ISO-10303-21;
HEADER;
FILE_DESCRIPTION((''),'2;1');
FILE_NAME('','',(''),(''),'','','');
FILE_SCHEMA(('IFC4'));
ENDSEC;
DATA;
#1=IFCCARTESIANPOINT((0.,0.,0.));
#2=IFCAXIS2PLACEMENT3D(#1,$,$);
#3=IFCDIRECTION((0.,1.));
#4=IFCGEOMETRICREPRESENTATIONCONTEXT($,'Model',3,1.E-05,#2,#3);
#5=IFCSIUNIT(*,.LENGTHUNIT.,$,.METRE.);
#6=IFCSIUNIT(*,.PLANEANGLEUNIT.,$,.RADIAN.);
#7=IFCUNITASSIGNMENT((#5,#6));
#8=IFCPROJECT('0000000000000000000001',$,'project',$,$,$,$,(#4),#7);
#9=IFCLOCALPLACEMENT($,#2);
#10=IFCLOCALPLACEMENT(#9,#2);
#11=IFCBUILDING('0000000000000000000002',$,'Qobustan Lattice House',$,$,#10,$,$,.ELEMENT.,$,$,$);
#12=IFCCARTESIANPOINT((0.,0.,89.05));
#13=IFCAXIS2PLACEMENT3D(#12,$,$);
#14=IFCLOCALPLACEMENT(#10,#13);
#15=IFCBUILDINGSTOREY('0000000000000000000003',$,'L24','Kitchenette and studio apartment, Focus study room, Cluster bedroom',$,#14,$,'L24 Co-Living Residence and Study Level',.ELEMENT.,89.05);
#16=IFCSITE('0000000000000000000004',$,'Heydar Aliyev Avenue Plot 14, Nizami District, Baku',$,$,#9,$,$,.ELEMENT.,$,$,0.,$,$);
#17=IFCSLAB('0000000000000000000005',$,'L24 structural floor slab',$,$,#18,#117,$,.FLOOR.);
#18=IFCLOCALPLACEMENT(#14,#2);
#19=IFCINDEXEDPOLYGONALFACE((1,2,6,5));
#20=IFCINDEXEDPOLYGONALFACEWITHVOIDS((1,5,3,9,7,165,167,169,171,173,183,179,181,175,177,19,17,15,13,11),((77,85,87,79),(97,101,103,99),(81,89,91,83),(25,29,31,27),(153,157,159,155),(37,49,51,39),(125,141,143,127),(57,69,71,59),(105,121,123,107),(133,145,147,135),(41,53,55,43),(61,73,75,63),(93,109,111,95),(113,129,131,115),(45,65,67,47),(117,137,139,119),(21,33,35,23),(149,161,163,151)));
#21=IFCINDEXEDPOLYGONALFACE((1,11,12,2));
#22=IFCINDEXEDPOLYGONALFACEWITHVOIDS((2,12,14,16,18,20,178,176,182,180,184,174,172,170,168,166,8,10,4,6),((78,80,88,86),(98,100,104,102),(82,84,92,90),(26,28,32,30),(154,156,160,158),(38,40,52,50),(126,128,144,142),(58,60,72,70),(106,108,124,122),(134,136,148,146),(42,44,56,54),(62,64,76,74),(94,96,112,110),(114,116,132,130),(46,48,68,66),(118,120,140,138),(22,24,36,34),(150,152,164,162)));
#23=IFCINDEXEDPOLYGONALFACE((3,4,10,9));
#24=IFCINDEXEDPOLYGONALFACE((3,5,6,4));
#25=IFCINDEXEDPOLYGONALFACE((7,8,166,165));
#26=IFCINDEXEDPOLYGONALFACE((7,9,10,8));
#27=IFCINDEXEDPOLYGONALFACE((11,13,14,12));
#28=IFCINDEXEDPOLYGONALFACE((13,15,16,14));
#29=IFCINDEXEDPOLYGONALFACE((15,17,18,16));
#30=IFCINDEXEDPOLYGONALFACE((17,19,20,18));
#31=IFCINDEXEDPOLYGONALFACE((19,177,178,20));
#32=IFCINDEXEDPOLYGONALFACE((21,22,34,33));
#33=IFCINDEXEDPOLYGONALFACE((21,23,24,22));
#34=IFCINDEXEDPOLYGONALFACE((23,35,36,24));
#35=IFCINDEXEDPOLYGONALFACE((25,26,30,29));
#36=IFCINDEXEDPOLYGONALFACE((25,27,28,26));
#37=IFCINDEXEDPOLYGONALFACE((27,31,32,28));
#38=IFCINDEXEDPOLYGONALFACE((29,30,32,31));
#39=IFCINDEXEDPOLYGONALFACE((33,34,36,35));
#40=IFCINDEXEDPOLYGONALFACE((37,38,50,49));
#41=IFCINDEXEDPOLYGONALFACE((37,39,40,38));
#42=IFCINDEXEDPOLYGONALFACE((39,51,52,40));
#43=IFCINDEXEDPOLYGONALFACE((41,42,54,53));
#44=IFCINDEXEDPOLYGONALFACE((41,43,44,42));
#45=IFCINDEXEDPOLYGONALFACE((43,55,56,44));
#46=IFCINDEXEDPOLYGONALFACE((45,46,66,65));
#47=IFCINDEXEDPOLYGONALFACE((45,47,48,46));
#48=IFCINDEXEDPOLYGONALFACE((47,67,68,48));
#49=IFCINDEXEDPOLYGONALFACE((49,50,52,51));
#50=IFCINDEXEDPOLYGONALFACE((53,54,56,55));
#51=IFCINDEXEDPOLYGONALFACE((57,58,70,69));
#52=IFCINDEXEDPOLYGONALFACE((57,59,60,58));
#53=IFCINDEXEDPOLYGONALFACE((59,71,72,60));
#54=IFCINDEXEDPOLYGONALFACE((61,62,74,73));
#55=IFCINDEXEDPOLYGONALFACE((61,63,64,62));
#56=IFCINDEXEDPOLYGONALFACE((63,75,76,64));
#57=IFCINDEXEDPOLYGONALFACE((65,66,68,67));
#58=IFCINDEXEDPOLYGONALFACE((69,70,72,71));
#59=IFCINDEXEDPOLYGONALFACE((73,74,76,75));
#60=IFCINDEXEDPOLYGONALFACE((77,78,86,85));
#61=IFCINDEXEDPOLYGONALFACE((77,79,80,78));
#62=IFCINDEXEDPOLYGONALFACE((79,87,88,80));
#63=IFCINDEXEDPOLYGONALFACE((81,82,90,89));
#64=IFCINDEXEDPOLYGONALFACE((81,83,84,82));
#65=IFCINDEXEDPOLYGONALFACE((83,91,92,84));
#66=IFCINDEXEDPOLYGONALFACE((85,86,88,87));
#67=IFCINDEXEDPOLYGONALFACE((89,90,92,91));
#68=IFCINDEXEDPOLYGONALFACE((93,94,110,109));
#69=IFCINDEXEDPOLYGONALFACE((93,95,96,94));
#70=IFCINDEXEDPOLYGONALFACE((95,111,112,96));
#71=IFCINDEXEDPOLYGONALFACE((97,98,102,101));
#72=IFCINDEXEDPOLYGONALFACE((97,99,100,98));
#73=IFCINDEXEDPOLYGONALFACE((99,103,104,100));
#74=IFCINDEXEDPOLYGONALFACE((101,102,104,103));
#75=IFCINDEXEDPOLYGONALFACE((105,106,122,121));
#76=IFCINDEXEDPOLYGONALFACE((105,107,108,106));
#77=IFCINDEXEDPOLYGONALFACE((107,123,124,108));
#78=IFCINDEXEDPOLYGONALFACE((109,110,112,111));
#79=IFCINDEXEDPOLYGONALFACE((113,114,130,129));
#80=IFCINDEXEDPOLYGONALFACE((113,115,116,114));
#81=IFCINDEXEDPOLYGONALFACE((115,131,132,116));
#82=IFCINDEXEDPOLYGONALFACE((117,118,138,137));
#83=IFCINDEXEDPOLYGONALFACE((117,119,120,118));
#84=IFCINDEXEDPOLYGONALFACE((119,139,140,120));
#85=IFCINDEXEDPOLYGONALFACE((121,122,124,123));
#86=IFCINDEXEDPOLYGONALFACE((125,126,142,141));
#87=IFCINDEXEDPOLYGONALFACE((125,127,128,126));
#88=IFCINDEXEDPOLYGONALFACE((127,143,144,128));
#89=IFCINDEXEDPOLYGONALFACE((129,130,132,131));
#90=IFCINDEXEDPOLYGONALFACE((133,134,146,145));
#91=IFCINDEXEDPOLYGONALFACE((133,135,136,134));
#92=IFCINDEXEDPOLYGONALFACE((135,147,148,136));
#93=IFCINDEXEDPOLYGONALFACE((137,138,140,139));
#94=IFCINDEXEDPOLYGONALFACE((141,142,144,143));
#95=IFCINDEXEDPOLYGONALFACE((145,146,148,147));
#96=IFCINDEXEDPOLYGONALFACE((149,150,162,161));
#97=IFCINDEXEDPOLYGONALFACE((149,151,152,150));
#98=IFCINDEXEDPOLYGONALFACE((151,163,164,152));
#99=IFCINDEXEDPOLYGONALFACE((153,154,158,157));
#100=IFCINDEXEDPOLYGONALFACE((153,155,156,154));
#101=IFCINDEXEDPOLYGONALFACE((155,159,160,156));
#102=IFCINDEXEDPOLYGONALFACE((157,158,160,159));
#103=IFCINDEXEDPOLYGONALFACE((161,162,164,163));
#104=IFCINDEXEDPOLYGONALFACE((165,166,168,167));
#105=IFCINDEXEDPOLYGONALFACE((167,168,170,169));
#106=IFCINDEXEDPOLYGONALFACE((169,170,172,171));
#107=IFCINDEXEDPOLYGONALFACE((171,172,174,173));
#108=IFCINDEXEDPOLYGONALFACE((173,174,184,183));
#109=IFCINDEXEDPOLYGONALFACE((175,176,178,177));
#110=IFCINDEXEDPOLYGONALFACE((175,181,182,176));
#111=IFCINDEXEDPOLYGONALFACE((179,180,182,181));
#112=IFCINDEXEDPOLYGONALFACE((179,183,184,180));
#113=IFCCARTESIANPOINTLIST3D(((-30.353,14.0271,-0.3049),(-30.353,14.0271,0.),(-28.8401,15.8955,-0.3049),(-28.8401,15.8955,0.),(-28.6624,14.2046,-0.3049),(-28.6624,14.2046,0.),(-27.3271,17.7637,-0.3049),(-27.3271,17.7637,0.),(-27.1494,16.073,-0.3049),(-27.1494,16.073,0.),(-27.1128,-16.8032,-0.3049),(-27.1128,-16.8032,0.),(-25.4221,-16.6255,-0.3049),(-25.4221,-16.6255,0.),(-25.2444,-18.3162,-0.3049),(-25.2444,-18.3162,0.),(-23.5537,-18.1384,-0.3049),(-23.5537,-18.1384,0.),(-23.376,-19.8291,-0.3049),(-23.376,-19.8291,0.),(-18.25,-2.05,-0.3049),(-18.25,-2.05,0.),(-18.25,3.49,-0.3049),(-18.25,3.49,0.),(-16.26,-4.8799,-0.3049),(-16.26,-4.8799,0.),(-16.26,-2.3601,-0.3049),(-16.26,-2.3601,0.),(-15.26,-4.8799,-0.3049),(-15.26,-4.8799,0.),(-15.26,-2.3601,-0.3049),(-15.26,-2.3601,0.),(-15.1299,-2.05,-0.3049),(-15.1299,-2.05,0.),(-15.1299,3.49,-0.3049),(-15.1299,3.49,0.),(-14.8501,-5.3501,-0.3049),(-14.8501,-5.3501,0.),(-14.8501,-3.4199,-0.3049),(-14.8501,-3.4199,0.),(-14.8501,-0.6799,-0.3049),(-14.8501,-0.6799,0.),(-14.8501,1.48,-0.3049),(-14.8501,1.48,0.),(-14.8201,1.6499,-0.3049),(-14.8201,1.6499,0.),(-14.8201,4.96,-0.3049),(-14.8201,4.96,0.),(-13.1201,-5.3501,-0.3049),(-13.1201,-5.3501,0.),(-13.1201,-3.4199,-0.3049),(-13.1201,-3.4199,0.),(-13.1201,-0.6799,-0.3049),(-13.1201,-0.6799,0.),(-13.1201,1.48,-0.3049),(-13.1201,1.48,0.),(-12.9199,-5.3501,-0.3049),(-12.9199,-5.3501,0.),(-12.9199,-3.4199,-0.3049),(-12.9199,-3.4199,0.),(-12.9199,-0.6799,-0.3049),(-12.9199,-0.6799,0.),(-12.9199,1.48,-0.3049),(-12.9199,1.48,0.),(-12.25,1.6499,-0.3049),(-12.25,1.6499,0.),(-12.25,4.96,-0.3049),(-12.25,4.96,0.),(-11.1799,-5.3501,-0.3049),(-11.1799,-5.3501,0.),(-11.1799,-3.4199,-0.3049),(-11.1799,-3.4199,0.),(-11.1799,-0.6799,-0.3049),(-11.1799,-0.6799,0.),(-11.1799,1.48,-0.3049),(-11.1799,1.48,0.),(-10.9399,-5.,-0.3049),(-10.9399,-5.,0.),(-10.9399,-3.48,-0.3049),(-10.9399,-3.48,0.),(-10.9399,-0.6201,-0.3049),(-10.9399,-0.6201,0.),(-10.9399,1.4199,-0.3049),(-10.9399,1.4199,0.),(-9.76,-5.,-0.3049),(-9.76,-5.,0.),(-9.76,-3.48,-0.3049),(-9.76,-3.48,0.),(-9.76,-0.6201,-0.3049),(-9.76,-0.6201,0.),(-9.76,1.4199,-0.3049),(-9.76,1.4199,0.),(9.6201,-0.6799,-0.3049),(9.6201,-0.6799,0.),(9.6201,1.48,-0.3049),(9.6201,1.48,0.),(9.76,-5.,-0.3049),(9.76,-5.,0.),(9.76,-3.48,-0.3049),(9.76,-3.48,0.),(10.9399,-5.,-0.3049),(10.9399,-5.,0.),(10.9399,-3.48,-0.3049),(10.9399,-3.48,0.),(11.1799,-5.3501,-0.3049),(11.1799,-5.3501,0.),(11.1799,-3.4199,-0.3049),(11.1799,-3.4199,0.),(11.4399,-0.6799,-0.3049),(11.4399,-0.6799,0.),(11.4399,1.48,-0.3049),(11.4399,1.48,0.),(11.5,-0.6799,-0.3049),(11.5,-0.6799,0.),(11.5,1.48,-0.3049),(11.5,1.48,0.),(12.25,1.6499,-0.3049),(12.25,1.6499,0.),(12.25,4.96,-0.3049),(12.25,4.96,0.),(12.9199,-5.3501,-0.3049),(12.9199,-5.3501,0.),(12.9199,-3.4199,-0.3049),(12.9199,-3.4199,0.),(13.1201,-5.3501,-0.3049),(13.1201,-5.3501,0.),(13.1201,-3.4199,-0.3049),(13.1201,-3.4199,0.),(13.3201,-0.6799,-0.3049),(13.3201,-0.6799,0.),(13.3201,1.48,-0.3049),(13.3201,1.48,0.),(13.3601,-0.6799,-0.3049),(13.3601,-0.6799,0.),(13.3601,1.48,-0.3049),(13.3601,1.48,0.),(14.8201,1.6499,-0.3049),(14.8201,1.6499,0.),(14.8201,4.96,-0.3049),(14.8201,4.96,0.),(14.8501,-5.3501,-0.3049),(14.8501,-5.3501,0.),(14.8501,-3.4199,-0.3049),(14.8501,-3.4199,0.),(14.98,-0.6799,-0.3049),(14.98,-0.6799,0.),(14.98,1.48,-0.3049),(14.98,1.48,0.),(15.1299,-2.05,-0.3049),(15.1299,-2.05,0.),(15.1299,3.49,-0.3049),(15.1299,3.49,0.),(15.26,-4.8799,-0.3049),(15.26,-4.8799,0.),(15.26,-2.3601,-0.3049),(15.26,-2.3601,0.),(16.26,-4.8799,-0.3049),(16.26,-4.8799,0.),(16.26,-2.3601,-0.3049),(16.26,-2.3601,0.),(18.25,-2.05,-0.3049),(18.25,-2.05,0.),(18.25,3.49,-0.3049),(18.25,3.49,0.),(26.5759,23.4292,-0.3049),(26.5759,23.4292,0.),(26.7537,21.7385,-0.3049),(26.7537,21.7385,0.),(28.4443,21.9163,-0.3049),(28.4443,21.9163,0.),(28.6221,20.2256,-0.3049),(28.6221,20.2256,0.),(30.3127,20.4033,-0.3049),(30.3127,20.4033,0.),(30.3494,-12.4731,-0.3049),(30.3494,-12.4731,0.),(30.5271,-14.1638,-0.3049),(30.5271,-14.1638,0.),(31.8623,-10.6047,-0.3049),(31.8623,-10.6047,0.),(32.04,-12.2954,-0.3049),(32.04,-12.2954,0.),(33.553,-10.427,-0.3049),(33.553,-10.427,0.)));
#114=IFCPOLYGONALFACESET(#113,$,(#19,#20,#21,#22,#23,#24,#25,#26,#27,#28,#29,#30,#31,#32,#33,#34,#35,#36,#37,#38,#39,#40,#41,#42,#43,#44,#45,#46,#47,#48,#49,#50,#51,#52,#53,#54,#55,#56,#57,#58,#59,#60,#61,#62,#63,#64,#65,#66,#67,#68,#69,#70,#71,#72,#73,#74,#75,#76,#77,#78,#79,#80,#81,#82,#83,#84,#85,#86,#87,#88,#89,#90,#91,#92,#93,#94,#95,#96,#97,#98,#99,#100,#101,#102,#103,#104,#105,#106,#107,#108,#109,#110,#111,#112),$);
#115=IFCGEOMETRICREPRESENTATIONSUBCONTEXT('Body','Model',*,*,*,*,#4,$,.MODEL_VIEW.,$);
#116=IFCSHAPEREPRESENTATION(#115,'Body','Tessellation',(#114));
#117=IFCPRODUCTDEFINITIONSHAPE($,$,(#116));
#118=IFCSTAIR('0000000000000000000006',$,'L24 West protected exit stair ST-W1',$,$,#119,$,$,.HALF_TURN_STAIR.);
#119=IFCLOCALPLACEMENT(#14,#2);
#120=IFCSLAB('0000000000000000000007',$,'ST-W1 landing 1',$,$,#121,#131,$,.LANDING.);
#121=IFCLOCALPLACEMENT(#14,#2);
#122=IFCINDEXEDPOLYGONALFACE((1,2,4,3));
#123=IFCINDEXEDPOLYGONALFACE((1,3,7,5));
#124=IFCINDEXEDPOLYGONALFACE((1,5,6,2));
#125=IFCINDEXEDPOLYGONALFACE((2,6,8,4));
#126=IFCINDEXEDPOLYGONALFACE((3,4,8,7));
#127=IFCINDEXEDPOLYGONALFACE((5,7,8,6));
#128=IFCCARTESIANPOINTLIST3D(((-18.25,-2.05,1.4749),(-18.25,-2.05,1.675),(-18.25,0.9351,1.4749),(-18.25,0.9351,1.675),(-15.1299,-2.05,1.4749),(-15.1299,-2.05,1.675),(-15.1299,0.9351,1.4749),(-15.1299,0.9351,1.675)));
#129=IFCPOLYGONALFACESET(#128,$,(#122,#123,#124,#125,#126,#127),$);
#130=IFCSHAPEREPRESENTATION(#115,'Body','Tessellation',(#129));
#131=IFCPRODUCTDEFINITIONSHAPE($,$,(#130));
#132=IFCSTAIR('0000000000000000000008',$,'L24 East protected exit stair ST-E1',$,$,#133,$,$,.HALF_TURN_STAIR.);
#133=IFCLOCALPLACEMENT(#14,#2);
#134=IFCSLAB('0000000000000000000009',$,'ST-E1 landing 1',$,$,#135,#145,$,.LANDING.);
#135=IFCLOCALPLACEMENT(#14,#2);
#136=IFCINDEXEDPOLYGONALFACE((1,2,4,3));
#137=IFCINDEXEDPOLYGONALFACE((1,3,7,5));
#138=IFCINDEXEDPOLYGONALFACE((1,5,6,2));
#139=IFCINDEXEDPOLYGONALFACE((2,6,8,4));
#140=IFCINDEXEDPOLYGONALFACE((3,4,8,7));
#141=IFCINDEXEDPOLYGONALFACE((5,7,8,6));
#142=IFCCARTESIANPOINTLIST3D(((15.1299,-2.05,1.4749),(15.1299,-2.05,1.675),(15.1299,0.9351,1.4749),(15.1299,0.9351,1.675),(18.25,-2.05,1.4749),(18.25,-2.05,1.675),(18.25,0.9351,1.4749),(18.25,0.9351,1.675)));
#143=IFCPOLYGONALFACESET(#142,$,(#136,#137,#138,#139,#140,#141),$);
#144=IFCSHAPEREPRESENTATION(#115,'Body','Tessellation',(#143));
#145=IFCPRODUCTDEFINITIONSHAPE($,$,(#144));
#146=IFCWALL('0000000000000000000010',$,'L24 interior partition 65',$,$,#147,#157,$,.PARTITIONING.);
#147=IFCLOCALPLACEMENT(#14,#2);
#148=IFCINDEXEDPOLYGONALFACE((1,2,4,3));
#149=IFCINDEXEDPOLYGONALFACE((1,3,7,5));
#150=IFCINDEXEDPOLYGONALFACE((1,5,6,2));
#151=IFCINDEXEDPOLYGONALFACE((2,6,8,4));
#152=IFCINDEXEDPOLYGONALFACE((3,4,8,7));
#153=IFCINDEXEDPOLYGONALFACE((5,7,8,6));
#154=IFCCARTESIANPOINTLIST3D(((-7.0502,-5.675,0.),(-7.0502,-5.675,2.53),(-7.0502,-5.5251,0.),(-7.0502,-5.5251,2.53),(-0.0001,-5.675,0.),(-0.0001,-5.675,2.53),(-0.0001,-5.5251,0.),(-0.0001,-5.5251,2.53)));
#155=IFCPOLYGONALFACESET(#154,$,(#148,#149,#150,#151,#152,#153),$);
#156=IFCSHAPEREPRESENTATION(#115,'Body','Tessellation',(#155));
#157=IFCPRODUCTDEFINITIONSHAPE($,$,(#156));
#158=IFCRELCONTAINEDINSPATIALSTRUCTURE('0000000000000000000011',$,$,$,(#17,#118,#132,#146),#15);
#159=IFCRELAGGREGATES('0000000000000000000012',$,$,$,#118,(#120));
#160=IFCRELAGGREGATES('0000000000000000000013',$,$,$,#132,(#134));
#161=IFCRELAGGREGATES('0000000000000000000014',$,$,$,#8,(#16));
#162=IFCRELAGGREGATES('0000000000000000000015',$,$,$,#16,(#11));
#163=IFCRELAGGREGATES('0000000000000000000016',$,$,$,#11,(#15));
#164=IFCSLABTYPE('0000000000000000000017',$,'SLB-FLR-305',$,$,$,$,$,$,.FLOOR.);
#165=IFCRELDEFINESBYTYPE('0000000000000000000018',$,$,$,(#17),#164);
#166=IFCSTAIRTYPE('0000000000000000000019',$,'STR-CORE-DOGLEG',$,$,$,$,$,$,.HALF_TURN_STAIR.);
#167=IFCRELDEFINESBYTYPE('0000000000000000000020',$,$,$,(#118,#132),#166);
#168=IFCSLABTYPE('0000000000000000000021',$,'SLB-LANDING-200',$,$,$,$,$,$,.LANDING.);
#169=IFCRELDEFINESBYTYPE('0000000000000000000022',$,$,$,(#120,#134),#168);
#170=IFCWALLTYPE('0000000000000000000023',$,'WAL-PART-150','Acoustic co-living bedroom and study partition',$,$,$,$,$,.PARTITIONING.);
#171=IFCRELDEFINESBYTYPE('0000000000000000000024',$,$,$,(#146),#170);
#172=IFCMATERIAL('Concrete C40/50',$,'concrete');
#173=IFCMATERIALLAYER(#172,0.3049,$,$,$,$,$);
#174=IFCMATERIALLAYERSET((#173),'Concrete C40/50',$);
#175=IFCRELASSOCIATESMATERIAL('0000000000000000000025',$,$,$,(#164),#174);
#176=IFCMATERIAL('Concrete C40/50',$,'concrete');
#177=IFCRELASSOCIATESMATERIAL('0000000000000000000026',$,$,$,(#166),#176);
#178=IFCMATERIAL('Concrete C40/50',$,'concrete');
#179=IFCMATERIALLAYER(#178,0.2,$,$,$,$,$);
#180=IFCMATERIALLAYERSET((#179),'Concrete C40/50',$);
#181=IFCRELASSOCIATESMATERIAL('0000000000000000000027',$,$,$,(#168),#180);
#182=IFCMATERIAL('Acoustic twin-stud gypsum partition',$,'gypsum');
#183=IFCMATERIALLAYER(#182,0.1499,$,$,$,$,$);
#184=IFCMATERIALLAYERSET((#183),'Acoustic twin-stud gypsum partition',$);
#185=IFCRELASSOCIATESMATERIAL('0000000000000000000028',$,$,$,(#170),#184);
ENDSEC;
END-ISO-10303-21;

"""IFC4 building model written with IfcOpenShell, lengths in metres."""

from ifc_helpers import new_model, si_unit, direction, frame, frame_2d, origin, place, context, subcontext, project, spatial, polyline, rectangle, outline, extrude, material, layer, layer_set, type_object, element, aggregate, save


model = new_model("IFC4")

# Units and contexts
model_context = context("Model", 3, precision=1e-05, world=origin(), true_north=direction((0.0, 1.0)))
body_context = subcontext(model_context, "Body", "Model", "MODEL_VIEW")
ifc_project = project(units=[si_unit("LENGTHUNIT", "METRE"), si_unit("PLANEANGLEUNIT", "RADIAN")], contexts=[model_context])

# Site, building, storey
site_placement = place(None, origin())
site = spatial("IfcSite", under=ifc_project, at=site_placement, Name="Heydar Aliyev Avenue Plot 14, Nizami District, Baku", CompositionType="ELEMENT", RefElevation=0.0)
building_placement = place(site_placement, origin())
building = spatial("IfcBuilding", under=site, at=building_placement, Name="Qobustan Lattice House", CompositionType="ELEMENT")
storey_placement = place(building_placement, frame((0.0, 0.0, 89.05)))
storey = spatial("IfcBuildingStorey", under=building, at=storey_placement, Name="L24", Description="Kitchenette and studio apartment, Focus study room, Cluster bedroom", LongName="L24 Co-Living Residence and Study Level", CompositionType="ELEMENT", Elevation=89.05)

# Slab
ifc_material_1 = material(Name="Concrete C40/50", Category="concrete")
ifc_layer_1 = layer(ifc_material_1, 0.3049)
ifc_layer_set_1 = layer_set([ifc_layer_1], Name="Concrete C40/50")
slab_type_1 = type_object("IfcSlabType", Name="SLB-FLR-305", PredefinedType="FLOOR", material=ifc_layer_set_1)
slab_1_placement = place(storey_placement, frame((0.0, 0.0, -0.3049)))
element("IfcSlab", 1, at=slab_1_placement, inside=storey, type_object=slab_type_1, Name="L24 structural floor slab", PredefinedType="FLOOR", context=body_context, shape_type="SweptSolid", body=[
    extrude(outline(polyline([(-23.376, -19.8291), (30.5271, -14.1638), (30.3494, -12.4731), (32.04, -12.2954), (31.8623, -10.6047), (33.553, -10.427), (30.3127, 20.4033), (28.6221, 20.2256), (28.4443, 21.9163), (26.7537, 21.7385), (26.5759, 23.4292), (-27.3271, 17.7637), (-27.1494, 16.073), (-28.8401, 15.8955), (-28.6624, 14.2046), (-30.353, 14.0271), (-27.1128, -16.8032), (-25.4221, -16.6255), (-25.2444, -18.3162), (-23.5537, -18.1384), (-23.376, -19.8291)]), holes=[polyline([(-18.25, -2.05), (-18.25, 3.49), (-15.1299, 3.49), (-15.1299, -2.05), (-18.25, -2.05)]), polyline([(15.1299, -2.05), (15.1299, 3.49), (18.25, 3.49), (18.25, -2.05), (15.1299, -2.05)]), polyline([(-14.8201, 1.6499), (-14.8201, 4.96), (-12.25, 4.96), (-12.25, 1.6499), (-14.8201, 1.6499)]), polyline([(12.25, 1.6499), (12.25, 4.96), (14.8201, 4.96), (14.8201, 1.6499), (12.25, 1.6499)]), polyline([(-16.26, -4.8799), (-16.26, -2.3601), (-15.26, -2.3601), (-15.26, -4.8799), (-16.26, -4.8799)]), polyline([(15.26, -4.8799), (15.26, -2.3601), (16.26, -2.3601), (16.26, -4.8799), (15.26, -4.8799)]), polyline([(-14.8501, -5.3501), (-14.8501, -3.4199), (-13.1201, -3.4199), (-13.1201, -5.3501), (-14.8501, -5.3501)]), polyline([(-12.9199, -5.3501), (-12.9199, -3.4199), (-11.1799, -3.4199), (-11.1799, -5.3501), (-12.9199, -5.3501)]), polyline([(-14.8501, -0.6799), (-14.8501, 1.48), (-13.1201, 1.48), (-13.1201, -0.6799), (-14.8501, -0.6799)]), polyline([(-12.9199, -0.6799), (-12.9199, 1.48), (-11.1799, 1.48), (-11.1799, -0.6799), (-12.9199, -0.6799)]), polyline([(-10.9399, -5.0), (-10.9399, -3.48), (-9.76, -3.48), (-9.76, -5.0), (-10.9399, -5.0)]), polyline([(-10.9399, -0.6201), (-10.9399, 1.4199), (-9.76, 1.4199), (-9.76, -0.6201), (-10.9399, -0.6201)]), polyline([(11.1799, -5.3501), (11.1799, -3.4199), (12.9199, -3.4199), (12.9199, -5.3501), (11.1799, -5.3501)]), polyline([(13.1201, -5.3501), (13.1201, -3.4199), (14.8501, -3.4199), (14.8501, -5.3501), (13.1201, -5.3501)]), polyline([(9.76, -5.0), (9.76, -3.48), (10.9399, -3.48), (10.9399, -5.0), (9.76, -5.0)]), polyline([(13.3601, -0.6799), (13.3601, 1.48), (14.98, 1.48), (14.98, -0.6799), (13.3601, -0.6799)]), polyline([(9.6201, -0.6799), (9.6201, 1.48), (11.4399, 1.48), (11.4399, -0.6799), (9.6201, -0.6799)]), polyline([(11.5, -0.6799), (11.5, 1.48), (13.3201, 1.48), (13.3201, -0.6799), (11.5, -0.6799)])]), origin(), (0.0, 0.0, 1.0), 0.3049),
])

# Stairs, slabs
ifc_material_2 = material(Name="Concrete C40/50", Category="concrete")
stair_type = type_object("IfcStairType", Name="STR-CORE-DOGLEG", PredefinedType="HALF_TURN_STAIR", material=ifc_material_2)
stair_1_placement = place(storey_placement, origin())
stair_1 = element("IfcStair", 2, at=stair_1_placement, inside=storey, type_object=stair_type, Name="L24 West protected exit stair ST-W1", PredefinedType="HALF_TURN_STAIR")
ifc_material_3 = material(Name="Concrete C40/50", Category="concrete")
ifc_layer_2 = layer(ifc_material_3, 0.2)
ifc_layer_set_2 = layer_set([ifc_layer_2], Name="Concrete C40/50")
slab_type_2 = type_object("IfcSlabType", Name="SLB-LANDING-200", PredefinedType="LANDING", material=ifc_layer_set_2)
slab_2_placement = place(storey_placement, frame((0.0, 0.0, 1.4749)))
slab_2 = element("IfcSlab", 3, at=slab_2_placement, type_object=slab_type_2, Name="ST-W1 landing 1", PredefinedType="LANDING", context=body_context, shape_type="SweptSolid", body=[
    extrude(outline(polyline([(-18.25, 0.9351), (-18.25, -2.05), (-15.1299, -2.05), (-15.1299, 0.9351), (-18.25, 0.9351)])), origin(), (0.0, 0.0, 1.0), 0.2002),
])
aggregate(stair_1, [slab_2])
stair_2_placement = place(storey_placement, origin())
stair_2 = element("IfcStair", 4, at=stair_2_placement, inside=storey, type_object=stair_type, Name="L24 East protected exit stair ST-E1", PredefinedType="HALF_TURN_STAIR")
slab_3_placement = place(storey_placement, frame((0.0, 0.0, 1.4749)))
slab_3 = element("IfcSlab", 5, at=slab_3_placement, type_object=slab_type_2, Name="ST-E1 landing 1", PredefinedType="LANDING", context=body_context, shape_type="SweptSolid", body=[
    extrude(outline(polyline([(15.1299, 0.9351), (15.1299, -2.05), (18.25, -2.05), (18.25, 0.9351), (15.1299, 0.9351)])), origin(), (0.0, 0.0, 1.0), 0.2002),
])
aggregate(stair_2, [slab_3])

# Wall
ifc_material_4 = material(Name="Acoustic twin-stud gypsum partition", Category="gypsum")
ifc_layer_3 = layer(ifc_material_4, 0.1499)
ifc_layer_set_3 = layer_set([ifc_layer_3], Name="Acoustic twin-stud gypsum partition")
wall_type_1 = type_object("IfcWallType", Name="WAL-PART-150", Description="Acoustic co-living bedroom and study partition", PredefinedType="PARTITIONING", material=ifc_layer_set_3)
wall_1_placement = place(storey_placement, frame((-7.05, -5.6001, 0.0), z_axis=(0.0, 0.0, 1.0), x_axis=(1.0, 0.0, 0.0)))
element("IfcWall", 6, at=wall_1_placement, inside=storey, type_object=wall_type_1, Name="L24 interior partition 65", PredefinedType="PARTITIONING", context=body_context, shape_type="SweptSolid", body=[
    extrude(rectangle(XDim=7.05, YDim=0.1499, at=frame_2d((3.5249, 0.0))), origin(), (0.0, 0.0, 1.0), 2.53),
])

save(model, "model.ifc")
